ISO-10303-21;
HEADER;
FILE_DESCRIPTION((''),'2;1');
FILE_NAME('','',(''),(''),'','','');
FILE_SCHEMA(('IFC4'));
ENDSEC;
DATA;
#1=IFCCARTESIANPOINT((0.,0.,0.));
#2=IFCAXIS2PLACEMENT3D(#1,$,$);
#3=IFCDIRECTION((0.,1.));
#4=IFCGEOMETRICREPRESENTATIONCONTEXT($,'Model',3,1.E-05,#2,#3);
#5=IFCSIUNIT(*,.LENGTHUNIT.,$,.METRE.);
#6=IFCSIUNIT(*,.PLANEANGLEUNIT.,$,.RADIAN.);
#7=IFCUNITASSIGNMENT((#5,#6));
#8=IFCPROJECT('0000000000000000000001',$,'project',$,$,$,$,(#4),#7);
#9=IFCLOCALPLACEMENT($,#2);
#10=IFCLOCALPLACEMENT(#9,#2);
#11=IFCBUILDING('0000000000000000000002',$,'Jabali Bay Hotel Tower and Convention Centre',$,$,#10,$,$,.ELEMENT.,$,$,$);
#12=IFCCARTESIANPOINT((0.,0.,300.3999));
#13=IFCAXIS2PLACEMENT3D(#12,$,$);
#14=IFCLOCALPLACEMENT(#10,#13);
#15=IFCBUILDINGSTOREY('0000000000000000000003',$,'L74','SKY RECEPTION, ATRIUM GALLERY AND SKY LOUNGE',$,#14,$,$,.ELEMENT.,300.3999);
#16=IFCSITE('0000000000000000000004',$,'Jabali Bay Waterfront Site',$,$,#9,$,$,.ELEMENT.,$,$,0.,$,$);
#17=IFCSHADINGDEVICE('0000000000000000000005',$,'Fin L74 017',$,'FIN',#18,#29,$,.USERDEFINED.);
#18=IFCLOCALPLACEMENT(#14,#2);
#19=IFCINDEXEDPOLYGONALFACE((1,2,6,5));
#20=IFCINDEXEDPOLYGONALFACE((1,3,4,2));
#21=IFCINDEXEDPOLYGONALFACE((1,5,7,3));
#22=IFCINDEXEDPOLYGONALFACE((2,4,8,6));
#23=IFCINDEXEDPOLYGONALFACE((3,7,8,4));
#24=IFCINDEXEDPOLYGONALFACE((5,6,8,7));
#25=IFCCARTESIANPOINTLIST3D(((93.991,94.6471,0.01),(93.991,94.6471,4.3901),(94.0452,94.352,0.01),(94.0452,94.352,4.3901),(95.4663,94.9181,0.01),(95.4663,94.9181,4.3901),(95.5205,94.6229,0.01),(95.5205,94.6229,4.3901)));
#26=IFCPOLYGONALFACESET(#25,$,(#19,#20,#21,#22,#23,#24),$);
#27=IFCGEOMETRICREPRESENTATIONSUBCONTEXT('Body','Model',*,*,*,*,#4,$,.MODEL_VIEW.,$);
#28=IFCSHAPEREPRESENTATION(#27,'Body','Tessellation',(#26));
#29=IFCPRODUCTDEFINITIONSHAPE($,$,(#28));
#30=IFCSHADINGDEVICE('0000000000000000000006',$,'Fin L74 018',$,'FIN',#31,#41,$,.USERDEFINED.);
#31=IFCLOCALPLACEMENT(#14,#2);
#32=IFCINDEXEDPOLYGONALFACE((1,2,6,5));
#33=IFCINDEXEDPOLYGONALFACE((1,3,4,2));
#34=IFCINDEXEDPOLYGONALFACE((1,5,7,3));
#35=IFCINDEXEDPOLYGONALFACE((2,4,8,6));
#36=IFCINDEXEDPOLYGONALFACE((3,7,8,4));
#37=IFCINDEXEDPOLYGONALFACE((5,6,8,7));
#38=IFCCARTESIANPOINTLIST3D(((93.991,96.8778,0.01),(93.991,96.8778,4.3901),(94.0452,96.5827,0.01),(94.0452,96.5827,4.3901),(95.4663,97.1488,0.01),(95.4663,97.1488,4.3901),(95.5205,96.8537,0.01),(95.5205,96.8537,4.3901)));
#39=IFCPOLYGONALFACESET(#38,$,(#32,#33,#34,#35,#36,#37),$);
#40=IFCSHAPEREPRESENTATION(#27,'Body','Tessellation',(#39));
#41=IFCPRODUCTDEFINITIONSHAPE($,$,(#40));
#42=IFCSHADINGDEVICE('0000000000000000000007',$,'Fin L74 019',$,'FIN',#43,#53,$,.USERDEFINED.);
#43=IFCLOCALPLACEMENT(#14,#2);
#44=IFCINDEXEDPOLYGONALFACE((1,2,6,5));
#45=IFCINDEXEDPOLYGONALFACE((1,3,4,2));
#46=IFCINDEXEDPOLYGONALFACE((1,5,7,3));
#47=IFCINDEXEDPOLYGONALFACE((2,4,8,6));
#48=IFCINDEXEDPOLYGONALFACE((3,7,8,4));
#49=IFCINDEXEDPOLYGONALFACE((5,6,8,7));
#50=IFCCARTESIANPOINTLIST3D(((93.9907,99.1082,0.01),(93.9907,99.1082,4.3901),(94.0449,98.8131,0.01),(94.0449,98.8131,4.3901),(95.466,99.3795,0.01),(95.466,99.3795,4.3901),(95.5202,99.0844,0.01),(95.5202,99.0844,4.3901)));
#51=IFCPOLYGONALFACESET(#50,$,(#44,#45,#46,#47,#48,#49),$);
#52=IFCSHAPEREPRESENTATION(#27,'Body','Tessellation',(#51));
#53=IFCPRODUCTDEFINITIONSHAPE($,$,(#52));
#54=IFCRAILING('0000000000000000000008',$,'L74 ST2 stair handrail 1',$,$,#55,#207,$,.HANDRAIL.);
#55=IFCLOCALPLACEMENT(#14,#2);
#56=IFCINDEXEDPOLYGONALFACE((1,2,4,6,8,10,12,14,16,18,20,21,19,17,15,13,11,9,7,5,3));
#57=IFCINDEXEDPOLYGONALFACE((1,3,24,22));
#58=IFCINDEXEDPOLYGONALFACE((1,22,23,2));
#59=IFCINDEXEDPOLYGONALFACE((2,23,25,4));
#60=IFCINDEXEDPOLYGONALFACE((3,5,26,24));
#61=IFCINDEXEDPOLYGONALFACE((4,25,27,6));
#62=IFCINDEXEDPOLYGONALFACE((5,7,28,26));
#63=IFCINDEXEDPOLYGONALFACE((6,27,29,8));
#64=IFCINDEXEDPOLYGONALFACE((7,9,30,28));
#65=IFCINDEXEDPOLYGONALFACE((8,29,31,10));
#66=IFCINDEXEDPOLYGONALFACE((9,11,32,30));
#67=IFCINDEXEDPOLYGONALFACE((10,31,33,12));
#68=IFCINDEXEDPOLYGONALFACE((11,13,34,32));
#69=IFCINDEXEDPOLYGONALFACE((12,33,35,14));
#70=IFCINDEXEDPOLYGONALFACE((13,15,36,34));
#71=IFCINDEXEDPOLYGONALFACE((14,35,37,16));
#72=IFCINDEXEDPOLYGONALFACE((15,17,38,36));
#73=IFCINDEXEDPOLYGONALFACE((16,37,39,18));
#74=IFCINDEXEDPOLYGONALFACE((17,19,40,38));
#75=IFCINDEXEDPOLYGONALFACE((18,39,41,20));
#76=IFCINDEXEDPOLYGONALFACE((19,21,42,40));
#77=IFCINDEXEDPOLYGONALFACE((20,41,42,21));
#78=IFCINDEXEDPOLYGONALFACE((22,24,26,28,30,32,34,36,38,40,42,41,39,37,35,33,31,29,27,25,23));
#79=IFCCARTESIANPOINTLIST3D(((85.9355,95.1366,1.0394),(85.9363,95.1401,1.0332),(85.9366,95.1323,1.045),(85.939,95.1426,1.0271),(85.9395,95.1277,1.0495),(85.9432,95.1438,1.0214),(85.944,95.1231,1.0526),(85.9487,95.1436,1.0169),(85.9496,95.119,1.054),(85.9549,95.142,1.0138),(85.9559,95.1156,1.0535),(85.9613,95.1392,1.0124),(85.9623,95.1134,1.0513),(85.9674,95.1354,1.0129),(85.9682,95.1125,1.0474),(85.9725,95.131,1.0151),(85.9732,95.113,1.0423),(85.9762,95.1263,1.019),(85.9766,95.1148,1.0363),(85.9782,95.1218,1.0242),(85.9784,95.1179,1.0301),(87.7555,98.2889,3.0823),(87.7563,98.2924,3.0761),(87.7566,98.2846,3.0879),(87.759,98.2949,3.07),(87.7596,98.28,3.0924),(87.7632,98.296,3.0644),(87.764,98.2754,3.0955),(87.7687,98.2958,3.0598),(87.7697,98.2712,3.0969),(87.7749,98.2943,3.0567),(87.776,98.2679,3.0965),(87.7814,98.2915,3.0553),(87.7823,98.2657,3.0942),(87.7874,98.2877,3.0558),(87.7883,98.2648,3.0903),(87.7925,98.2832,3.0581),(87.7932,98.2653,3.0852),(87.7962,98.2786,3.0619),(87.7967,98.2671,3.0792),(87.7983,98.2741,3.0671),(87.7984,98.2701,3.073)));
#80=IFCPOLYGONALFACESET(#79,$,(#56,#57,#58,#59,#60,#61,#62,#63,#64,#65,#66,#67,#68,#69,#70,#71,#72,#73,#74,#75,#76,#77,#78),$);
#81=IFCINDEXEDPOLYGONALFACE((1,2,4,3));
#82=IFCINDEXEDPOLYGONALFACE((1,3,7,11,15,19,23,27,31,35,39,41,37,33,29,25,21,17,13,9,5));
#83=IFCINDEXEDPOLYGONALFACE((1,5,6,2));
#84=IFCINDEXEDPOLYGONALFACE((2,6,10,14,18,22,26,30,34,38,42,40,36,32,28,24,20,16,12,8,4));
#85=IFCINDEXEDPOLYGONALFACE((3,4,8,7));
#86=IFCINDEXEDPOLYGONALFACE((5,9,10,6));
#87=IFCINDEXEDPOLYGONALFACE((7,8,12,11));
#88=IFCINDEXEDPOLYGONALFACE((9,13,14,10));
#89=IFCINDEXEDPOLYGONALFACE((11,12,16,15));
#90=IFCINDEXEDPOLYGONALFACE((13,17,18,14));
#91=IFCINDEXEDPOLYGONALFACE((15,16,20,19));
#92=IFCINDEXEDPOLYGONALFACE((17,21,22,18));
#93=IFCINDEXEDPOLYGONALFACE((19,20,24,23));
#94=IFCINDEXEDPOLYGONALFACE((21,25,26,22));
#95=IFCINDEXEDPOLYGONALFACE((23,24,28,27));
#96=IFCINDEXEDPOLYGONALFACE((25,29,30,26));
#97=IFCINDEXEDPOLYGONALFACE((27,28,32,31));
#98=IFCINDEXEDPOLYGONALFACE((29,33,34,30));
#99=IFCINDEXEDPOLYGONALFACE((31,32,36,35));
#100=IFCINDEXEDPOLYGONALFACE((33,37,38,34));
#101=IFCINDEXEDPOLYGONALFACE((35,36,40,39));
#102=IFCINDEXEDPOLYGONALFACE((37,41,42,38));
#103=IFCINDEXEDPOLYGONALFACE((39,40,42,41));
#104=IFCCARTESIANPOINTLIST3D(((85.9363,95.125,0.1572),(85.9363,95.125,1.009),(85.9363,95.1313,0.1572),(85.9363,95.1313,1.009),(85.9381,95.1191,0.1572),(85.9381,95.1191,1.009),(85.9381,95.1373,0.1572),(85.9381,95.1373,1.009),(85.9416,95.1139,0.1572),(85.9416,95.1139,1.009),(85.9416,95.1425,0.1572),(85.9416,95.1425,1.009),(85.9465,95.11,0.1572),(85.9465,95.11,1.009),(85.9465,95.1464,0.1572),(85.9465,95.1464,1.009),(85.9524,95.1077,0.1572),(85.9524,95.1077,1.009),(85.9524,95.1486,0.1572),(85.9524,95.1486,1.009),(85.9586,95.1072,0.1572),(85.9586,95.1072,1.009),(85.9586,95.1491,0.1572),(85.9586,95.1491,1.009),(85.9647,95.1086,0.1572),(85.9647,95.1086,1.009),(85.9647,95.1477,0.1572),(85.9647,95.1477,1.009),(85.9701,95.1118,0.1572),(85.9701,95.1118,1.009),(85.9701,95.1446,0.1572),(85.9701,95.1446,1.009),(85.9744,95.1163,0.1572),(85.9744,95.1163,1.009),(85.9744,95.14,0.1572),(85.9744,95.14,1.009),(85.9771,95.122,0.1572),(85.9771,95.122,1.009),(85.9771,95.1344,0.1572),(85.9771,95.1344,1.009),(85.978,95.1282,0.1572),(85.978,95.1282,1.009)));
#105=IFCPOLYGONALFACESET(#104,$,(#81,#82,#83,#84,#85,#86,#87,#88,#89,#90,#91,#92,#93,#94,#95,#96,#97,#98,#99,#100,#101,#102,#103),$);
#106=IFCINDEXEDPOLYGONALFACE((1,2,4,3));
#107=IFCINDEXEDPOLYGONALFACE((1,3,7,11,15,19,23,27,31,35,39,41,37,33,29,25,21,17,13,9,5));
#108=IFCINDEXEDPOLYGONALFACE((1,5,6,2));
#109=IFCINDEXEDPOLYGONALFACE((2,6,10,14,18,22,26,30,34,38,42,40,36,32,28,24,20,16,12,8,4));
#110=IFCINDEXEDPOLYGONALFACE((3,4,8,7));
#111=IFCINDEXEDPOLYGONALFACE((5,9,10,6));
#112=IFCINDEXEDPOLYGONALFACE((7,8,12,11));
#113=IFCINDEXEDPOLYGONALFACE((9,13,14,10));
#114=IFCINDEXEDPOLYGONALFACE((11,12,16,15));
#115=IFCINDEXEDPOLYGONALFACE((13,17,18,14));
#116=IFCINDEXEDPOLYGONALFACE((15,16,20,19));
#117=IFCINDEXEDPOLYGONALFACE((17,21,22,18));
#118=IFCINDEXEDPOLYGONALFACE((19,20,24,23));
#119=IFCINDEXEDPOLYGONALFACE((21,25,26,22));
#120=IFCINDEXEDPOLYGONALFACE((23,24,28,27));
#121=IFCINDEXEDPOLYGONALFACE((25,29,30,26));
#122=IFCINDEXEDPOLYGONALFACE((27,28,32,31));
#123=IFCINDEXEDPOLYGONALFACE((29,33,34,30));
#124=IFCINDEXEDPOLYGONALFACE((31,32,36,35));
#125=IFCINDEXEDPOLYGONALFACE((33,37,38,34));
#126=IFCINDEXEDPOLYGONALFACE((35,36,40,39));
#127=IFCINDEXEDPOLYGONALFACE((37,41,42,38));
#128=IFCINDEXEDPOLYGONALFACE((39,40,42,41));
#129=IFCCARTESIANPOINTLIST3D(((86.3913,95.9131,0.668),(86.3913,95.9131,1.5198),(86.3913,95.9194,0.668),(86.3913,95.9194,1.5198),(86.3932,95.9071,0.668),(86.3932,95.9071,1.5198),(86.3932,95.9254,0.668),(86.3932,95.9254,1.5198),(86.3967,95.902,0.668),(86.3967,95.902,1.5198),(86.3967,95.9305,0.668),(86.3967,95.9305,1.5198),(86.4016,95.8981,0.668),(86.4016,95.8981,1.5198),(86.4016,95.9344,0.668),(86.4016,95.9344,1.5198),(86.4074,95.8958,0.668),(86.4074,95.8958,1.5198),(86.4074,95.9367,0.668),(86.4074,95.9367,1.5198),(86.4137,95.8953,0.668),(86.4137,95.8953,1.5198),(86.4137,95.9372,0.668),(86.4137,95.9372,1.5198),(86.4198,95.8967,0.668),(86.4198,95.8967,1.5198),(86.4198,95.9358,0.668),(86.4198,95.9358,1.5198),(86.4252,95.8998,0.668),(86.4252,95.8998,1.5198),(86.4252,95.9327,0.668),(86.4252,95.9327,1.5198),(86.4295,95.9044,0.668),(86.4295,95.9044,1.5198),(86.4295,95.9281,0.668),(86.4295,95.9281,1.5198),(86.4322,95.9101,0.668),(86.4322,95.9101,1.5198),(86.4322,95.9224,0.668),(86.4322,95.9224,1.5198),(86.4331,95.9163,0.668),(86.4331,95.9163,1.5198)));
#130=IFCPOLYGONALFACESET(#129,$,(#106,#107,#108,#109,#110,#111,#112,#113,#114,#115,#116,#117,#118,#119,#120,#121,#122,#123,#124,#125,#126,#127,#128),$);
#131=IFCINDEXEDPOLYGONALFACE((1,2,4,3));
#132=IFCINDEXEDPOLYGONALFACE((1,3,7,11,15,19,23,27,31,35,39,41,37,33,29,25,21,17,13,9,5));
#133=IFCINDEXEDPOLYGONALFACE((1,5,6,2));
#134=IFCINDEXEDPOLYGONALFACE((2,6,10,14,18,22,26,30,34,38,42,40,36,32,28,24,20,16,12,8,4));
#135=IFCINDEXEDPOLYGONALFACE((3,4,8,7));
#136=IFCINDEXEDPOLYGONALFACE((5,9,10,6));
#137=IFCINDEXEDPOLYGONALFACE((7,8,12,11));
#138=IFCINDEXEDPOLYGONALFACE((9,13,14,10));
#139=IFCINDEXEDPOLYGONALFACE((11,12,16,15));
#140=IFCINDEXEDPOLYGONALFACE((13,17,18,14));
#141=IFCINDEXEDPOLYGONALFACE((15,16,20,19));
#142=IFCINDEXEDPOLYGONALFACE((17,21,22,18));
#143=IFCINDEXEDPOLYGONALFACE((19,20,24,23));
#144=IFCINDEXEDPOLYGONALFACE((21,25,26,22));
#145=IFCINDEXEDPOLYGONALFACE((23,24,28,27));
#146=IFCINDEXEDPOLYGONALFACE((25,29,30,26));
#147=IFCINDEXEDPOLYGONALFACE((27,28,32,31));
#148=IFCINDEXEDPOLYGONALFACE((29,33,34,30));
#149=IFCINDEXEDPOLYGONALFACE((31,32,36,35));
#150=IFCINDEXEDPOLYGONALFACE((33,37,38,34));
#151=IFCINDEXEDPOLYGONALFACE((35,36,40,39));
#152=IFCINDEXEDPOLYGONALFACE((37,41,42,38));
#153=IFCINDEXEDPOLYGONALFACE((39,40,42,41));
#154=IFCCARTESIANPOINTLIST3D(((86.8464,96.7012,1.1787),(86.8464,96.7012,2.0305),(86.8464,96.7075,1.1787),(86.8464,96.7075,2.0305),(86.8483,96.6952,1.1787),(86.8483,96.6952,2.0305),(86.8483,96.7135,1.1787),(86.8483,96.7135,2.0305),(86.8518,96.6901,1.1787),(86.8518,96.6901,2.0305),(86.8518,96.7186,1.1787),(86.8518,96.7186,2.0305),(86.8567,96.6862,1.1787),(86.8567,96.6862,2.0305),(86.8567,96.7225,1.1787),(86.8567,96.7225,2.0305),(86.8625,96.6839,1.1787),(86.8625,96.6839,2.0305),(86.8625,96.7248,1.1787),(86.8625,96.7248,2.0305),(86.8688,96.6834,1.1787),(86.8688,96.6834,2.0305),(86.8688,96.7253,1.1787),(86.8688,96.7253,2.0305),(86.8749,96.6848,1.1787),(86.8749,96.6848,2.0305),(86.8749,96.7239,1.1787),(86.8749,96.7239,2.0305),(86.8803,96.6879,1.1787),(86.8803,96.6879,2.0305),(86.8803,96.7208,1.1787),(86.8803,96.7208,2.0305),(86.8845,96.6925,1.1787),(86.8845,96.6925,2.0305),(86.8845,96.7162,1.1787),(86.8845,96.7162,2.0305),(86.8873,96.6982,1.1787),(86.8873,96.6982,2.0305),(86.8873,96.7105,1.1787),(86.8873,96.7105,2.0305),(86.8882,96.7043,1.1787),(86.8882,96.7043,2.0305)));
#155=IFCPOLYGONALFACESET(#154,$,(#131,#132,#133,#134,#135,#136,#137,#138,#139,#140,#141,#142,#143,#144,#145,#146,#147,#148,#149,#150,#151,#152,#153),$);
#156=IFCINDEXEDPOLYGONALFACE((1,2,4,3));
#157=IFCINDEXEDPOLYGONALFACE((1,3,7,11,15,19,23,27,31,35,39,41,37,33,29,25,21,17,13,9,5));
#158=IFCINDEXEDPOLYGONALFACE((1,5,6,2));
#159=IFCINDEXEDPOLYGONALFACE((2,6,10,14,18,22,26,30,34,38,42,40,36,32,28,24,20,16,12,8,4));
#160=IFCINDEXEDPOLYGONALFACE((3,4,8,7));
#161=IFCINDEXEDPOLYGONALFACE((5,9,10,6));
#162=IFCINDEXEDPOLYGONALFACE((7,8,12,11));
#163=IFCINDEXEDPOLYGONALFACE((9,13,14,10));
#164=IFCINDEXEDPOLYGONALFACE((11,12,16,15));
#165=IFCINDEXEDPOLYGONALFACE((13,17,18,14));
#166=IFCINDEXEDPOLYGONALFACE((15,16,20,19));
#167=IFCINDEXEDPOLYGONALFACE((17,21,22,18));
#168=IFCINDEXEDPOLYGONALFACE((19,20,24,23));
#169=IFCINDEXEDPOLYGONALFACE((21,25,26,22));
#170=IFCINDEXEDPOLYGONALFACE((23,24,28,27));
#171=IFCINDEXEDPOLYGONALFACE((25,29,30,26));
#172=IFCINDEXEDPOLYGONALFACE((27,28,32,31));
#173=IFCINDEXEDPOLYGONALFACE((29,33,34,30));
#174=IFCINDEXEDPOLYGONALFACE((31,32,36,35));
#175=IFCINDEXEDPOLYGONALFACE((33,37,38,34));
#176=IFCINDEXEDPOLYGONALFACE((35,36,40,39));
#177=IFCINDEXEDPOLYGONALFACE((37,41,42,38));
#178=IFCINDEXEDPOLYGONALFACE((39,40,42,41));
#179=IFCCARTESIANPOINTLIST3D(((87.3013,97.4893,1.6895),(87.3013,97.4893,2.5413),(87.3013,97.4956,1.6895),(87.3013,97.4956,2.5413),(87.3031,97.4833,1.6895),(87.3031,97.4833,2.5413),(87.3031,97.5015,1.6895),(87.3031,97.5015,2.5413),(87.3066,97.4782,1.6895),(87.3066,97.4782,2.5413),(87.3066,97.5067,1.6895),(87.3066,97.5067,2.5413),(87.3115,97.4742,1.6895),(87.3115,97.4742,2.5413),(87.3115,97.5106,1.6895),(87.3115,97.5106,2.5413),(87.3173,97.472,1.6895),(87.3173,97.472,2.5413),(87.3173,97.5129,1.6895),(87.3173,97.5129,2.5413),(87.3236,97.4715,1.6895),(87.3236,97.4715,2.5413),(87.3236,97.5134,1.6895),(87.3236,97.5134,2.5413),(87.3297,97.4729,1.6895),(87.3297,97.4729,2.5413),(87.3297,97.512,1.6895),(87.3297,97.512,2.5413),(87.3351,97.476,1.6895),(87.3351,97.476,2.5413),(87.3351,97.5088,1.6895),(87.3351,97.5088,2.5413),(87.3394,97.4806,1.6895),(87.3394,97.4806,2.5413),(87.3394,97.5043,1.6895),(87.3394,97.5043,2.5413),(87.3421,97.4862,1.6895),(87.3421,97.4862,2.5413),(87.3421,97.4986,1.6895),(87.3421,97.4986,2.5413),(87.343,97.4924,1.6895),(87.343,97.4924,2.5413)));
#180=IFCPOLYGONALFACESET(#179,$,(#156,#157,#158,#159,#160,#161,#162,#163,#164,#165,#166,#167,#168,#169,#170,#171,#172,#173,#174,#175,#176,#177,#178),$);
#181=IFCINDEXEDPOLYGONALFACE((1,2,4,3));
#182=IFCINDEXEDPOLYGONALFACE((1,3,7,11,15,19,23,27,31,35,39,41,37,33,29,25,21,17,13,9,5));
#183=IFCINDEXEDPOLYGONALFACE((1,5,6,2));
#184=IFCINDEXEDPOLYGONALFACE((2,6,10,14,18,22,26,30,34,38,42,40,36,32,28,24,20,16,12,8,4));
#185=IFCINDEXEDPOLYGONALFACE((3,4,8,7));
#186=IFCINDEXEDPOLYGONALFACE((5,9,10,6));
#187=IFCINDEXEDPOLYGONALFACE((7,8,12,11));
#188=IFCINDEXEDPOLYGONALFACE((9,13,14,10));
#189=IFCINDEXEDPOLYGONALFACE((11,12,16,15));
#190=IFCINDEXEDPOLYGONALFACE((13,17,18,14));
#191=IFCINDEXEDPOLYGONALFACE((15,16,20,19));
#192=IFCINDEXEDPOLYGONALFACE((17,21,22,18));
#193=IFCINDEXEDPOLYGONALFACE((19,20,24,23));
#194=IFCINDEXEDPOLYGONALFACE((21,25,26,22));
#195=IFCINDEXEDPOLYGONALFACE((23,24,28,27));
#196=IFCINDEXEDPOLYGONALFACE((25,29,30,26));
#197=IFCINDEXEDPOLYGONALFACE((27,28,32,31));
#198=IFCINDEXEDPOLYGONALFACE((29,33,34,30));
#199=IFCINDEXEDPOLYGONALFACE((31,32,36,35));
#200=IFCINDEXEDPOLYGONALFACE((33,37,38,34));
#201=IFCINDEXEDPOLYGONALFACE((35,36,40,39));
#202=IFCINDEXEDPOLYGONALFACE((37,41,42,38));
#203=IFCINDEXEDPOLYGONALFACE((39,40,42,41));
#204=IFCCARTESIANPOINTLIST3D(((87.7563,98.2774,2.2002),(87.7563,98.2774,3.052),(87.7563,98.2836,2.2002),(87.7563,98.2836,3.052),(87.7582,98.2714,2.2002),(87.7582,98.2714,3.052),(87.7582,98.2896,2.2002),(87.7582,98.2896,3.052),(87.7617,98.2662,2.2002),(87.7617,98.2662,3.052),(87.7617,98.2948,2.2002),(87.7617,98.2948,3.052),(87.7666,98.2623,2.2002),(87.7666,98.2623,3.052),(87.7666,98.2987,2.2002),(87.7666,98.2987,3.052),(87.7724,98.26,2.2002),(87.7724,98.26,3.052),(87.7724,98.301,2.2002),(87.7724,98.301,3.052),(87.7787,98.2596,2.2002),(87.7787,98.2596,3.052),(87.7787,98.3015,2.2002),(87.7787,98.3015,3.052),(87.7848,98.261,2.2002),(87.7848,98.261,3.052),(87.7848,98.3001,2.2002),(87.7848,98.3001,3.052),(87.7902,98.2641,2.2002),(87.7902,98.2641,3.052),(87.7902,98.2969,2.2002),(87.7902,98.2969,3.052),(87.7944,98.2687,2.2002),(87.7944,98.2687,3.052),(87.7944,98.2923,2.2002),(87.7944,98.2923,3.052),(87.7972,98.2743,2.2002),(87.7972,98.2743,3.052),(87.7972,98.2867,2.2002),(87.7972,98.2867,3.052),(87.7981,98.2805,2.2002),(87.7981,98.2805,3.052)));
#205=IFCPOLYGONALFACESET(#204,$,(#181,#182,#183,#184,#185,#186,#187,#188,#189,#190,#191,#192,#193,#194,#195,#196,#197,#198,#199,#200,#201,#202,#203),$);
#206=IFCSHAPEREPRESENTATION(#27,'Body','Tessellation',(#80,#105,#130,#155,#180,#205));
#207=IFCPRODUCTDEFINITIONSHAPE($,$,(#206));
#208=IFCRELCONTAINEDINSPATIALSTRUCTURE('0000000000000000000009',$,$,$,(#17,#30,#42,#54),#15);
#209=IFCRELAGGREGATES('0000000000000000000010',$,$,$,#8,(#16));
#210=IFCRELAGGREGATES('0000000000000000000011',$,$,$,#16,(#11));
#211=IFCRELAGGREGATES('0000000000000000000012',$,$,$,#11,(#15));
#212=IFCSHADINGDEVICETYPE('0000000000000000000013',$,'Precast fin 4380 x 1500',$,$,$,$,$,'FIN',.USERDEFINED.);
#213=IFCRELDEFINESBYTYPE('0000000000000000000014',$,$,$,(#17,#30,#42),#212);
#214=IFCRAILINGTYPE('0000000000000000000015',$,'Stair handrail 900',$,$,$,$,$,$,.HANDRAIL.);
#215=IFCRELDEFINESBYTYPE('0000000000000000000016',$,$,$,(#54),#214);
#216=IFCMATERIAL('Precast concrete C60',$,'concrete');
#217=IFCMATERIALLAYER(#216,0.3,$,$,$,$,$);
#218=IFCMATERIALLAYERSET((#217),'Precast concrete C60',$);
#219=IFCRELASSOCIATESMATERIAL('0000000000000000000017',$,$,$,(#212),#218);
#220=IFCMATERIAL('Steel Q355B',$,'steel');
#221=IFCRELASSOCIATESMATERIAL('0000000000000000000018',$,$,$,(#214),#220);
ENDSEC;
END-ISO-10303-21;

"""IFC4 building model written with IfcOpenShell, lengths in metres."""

from ifc_helpers import new_model, si_unit, direction, frame, frame_2d, origin, origin_2d, place, context, subcontext, project, spatial, rectangle, circle, extrude, material, layer, layer_set, type_object, element, save


model = new_model("IFC4")

# Units and contexts
model_context = context("Model", 3, precision=1e-05, world=origin(), true_north=direction((0.0, 1.0)))
body_context = subcontext(model_context, "Body", "Model", "MODEL_VIEW")
ifc_project = project(units=[si_unit("LENGTHUNIT", "METRE"), si_unit("PLANEANGLEUNIT", "RADIAN")], contexts=[model_context])

# Site, building, storey
site_placement = place(None, origin())
site = spatial("IfcSite", under=ifc_project, at=site_placement, Name="Jabali Bay Waterfront Site", CompositionType="ELEMENT", RefElevation=0.0)
building_placement = place(site_placement, origin())
building = spatial("IfcBuilding", under=site, at=building_placement, Name="Jabali Bay Hotel Tower and Convention Centre", CompositionType="ELEMENT")
storey_placement = place(building_placement, frame((0.0, 0.0, 300.3999)))
storey = spatial("IfcBuildingStorey", under=building, at=storey_placement, Name="L74", Description="SKY RECEPTION, ATRIUM GALLERY AND SKY LOUNGE", CompositionType="ELEMENT", Elevation=300.3999)

# Shading devices
ifc_material_1 = material(Name="Precast concrete C60", Category="concrete")
ifc_layer_1 = layer(ifc_material_1, 0.3)
ifc_layer_set_1 = layer_set([ifc_layer_1], Name="Precast concrete C60")
shading_device_type = type_object("IfcShadingDeviceType", Name="Precast fin 4380 x 1500", ElementType="FIN", PredefinedType="USERDEFINED", material=ifc_layer_set_1)
for number, where, z_axis, x_axis, name in (
    (1, (94.0181, 94.4995, 0.01), (0.0, 0.0, 1.0), (0.983545, 0.180661, 0.0), "Fin L74 017"),
    (2, (94.0181, 96.7302, 0.01), (0.0, 0.0, 1.0), (0.983545, 0.180661, 0.0), "Fin L74 018"),
    (3, (94.0178, 98.9607, 0.01), (0.0, 0.0, 1.0), (0.983516, 0.180819, 0.0), "Fin L74 019"),
):
    element("IfcShadingDevice", number, at=place(storey_placement, frame(where, z_axis=z_axis, x_axis=x_axis)), inside=storey, type_object=shading_device_type, Name=name, ObjectType="FIN", PredefinedType="USERDEFINED", context=body_context, shape_type="SweptSolid", body=[
        extrude(rectangle(XDim=1.5, YDim=0.3, at=frame_2d((0.75, 0.0))), origin(), (0.0, 0.0, 1.0), 4.3801),
    ])

# Railing
ifc_material_2 = material(Name="Steel Q355B", Category="steel")
railing_type_1 = type_object("IfcRailingType", Name="Stair handrail 900", PredefinedType="HANDRAIL", material=ifc_material_2)
railing_1_placement = place(storey_placement, frame((85.957, 95.1282, 0.1572)))
element("IfcRailing", 4, at=railing_1_placement, inside=storey, type_object=railing_type_1, Name="L74 ST2 stair handrail 1", PredefinedType="HANDRAIL", context=body_context, shape_type="SweptSolid", body=[
    extrude(circle(Radius=0.0239, at=origin_2d()), frame((0.0, 0.0, 0.876), z_axis=(0.436032, 0.755204, 0.489432), x_axis=(-0.866018, 0.500013, 0.0)), (0.0, 0.0, 1.0), 4.1741),
    extrude(circle(Radius=0.021, at=origin_2d()), origin(), (0.0, 0.0, 1.0), 0.8518),
    extrude(circle(Radius=0.021, at=origin_2d()), frame((0.4551, 0.7881, 0.5107)), (0.0, 0.0, 1.0), 0.8518),
    extrude(circle(Radius=0.021, at=origin_2d()), frame((0.9102, 1.5762, 1.0215)), (0.0, 0.0, 1.0), 0.8518),
    extrude(circle(Radius=0.021, at=origin_2d()), frame((1.365, 2.3643, 1.5322)), (0.0, 0.0, 1.0), 0.8518),
    extrude(circle(Radius=0.021, at=origin_2d()), frame((1.8201, 3.1523, 2.043)), (0.0, 0.0, 1.0), 0.8518),
])

save(model, "model.ifc")
